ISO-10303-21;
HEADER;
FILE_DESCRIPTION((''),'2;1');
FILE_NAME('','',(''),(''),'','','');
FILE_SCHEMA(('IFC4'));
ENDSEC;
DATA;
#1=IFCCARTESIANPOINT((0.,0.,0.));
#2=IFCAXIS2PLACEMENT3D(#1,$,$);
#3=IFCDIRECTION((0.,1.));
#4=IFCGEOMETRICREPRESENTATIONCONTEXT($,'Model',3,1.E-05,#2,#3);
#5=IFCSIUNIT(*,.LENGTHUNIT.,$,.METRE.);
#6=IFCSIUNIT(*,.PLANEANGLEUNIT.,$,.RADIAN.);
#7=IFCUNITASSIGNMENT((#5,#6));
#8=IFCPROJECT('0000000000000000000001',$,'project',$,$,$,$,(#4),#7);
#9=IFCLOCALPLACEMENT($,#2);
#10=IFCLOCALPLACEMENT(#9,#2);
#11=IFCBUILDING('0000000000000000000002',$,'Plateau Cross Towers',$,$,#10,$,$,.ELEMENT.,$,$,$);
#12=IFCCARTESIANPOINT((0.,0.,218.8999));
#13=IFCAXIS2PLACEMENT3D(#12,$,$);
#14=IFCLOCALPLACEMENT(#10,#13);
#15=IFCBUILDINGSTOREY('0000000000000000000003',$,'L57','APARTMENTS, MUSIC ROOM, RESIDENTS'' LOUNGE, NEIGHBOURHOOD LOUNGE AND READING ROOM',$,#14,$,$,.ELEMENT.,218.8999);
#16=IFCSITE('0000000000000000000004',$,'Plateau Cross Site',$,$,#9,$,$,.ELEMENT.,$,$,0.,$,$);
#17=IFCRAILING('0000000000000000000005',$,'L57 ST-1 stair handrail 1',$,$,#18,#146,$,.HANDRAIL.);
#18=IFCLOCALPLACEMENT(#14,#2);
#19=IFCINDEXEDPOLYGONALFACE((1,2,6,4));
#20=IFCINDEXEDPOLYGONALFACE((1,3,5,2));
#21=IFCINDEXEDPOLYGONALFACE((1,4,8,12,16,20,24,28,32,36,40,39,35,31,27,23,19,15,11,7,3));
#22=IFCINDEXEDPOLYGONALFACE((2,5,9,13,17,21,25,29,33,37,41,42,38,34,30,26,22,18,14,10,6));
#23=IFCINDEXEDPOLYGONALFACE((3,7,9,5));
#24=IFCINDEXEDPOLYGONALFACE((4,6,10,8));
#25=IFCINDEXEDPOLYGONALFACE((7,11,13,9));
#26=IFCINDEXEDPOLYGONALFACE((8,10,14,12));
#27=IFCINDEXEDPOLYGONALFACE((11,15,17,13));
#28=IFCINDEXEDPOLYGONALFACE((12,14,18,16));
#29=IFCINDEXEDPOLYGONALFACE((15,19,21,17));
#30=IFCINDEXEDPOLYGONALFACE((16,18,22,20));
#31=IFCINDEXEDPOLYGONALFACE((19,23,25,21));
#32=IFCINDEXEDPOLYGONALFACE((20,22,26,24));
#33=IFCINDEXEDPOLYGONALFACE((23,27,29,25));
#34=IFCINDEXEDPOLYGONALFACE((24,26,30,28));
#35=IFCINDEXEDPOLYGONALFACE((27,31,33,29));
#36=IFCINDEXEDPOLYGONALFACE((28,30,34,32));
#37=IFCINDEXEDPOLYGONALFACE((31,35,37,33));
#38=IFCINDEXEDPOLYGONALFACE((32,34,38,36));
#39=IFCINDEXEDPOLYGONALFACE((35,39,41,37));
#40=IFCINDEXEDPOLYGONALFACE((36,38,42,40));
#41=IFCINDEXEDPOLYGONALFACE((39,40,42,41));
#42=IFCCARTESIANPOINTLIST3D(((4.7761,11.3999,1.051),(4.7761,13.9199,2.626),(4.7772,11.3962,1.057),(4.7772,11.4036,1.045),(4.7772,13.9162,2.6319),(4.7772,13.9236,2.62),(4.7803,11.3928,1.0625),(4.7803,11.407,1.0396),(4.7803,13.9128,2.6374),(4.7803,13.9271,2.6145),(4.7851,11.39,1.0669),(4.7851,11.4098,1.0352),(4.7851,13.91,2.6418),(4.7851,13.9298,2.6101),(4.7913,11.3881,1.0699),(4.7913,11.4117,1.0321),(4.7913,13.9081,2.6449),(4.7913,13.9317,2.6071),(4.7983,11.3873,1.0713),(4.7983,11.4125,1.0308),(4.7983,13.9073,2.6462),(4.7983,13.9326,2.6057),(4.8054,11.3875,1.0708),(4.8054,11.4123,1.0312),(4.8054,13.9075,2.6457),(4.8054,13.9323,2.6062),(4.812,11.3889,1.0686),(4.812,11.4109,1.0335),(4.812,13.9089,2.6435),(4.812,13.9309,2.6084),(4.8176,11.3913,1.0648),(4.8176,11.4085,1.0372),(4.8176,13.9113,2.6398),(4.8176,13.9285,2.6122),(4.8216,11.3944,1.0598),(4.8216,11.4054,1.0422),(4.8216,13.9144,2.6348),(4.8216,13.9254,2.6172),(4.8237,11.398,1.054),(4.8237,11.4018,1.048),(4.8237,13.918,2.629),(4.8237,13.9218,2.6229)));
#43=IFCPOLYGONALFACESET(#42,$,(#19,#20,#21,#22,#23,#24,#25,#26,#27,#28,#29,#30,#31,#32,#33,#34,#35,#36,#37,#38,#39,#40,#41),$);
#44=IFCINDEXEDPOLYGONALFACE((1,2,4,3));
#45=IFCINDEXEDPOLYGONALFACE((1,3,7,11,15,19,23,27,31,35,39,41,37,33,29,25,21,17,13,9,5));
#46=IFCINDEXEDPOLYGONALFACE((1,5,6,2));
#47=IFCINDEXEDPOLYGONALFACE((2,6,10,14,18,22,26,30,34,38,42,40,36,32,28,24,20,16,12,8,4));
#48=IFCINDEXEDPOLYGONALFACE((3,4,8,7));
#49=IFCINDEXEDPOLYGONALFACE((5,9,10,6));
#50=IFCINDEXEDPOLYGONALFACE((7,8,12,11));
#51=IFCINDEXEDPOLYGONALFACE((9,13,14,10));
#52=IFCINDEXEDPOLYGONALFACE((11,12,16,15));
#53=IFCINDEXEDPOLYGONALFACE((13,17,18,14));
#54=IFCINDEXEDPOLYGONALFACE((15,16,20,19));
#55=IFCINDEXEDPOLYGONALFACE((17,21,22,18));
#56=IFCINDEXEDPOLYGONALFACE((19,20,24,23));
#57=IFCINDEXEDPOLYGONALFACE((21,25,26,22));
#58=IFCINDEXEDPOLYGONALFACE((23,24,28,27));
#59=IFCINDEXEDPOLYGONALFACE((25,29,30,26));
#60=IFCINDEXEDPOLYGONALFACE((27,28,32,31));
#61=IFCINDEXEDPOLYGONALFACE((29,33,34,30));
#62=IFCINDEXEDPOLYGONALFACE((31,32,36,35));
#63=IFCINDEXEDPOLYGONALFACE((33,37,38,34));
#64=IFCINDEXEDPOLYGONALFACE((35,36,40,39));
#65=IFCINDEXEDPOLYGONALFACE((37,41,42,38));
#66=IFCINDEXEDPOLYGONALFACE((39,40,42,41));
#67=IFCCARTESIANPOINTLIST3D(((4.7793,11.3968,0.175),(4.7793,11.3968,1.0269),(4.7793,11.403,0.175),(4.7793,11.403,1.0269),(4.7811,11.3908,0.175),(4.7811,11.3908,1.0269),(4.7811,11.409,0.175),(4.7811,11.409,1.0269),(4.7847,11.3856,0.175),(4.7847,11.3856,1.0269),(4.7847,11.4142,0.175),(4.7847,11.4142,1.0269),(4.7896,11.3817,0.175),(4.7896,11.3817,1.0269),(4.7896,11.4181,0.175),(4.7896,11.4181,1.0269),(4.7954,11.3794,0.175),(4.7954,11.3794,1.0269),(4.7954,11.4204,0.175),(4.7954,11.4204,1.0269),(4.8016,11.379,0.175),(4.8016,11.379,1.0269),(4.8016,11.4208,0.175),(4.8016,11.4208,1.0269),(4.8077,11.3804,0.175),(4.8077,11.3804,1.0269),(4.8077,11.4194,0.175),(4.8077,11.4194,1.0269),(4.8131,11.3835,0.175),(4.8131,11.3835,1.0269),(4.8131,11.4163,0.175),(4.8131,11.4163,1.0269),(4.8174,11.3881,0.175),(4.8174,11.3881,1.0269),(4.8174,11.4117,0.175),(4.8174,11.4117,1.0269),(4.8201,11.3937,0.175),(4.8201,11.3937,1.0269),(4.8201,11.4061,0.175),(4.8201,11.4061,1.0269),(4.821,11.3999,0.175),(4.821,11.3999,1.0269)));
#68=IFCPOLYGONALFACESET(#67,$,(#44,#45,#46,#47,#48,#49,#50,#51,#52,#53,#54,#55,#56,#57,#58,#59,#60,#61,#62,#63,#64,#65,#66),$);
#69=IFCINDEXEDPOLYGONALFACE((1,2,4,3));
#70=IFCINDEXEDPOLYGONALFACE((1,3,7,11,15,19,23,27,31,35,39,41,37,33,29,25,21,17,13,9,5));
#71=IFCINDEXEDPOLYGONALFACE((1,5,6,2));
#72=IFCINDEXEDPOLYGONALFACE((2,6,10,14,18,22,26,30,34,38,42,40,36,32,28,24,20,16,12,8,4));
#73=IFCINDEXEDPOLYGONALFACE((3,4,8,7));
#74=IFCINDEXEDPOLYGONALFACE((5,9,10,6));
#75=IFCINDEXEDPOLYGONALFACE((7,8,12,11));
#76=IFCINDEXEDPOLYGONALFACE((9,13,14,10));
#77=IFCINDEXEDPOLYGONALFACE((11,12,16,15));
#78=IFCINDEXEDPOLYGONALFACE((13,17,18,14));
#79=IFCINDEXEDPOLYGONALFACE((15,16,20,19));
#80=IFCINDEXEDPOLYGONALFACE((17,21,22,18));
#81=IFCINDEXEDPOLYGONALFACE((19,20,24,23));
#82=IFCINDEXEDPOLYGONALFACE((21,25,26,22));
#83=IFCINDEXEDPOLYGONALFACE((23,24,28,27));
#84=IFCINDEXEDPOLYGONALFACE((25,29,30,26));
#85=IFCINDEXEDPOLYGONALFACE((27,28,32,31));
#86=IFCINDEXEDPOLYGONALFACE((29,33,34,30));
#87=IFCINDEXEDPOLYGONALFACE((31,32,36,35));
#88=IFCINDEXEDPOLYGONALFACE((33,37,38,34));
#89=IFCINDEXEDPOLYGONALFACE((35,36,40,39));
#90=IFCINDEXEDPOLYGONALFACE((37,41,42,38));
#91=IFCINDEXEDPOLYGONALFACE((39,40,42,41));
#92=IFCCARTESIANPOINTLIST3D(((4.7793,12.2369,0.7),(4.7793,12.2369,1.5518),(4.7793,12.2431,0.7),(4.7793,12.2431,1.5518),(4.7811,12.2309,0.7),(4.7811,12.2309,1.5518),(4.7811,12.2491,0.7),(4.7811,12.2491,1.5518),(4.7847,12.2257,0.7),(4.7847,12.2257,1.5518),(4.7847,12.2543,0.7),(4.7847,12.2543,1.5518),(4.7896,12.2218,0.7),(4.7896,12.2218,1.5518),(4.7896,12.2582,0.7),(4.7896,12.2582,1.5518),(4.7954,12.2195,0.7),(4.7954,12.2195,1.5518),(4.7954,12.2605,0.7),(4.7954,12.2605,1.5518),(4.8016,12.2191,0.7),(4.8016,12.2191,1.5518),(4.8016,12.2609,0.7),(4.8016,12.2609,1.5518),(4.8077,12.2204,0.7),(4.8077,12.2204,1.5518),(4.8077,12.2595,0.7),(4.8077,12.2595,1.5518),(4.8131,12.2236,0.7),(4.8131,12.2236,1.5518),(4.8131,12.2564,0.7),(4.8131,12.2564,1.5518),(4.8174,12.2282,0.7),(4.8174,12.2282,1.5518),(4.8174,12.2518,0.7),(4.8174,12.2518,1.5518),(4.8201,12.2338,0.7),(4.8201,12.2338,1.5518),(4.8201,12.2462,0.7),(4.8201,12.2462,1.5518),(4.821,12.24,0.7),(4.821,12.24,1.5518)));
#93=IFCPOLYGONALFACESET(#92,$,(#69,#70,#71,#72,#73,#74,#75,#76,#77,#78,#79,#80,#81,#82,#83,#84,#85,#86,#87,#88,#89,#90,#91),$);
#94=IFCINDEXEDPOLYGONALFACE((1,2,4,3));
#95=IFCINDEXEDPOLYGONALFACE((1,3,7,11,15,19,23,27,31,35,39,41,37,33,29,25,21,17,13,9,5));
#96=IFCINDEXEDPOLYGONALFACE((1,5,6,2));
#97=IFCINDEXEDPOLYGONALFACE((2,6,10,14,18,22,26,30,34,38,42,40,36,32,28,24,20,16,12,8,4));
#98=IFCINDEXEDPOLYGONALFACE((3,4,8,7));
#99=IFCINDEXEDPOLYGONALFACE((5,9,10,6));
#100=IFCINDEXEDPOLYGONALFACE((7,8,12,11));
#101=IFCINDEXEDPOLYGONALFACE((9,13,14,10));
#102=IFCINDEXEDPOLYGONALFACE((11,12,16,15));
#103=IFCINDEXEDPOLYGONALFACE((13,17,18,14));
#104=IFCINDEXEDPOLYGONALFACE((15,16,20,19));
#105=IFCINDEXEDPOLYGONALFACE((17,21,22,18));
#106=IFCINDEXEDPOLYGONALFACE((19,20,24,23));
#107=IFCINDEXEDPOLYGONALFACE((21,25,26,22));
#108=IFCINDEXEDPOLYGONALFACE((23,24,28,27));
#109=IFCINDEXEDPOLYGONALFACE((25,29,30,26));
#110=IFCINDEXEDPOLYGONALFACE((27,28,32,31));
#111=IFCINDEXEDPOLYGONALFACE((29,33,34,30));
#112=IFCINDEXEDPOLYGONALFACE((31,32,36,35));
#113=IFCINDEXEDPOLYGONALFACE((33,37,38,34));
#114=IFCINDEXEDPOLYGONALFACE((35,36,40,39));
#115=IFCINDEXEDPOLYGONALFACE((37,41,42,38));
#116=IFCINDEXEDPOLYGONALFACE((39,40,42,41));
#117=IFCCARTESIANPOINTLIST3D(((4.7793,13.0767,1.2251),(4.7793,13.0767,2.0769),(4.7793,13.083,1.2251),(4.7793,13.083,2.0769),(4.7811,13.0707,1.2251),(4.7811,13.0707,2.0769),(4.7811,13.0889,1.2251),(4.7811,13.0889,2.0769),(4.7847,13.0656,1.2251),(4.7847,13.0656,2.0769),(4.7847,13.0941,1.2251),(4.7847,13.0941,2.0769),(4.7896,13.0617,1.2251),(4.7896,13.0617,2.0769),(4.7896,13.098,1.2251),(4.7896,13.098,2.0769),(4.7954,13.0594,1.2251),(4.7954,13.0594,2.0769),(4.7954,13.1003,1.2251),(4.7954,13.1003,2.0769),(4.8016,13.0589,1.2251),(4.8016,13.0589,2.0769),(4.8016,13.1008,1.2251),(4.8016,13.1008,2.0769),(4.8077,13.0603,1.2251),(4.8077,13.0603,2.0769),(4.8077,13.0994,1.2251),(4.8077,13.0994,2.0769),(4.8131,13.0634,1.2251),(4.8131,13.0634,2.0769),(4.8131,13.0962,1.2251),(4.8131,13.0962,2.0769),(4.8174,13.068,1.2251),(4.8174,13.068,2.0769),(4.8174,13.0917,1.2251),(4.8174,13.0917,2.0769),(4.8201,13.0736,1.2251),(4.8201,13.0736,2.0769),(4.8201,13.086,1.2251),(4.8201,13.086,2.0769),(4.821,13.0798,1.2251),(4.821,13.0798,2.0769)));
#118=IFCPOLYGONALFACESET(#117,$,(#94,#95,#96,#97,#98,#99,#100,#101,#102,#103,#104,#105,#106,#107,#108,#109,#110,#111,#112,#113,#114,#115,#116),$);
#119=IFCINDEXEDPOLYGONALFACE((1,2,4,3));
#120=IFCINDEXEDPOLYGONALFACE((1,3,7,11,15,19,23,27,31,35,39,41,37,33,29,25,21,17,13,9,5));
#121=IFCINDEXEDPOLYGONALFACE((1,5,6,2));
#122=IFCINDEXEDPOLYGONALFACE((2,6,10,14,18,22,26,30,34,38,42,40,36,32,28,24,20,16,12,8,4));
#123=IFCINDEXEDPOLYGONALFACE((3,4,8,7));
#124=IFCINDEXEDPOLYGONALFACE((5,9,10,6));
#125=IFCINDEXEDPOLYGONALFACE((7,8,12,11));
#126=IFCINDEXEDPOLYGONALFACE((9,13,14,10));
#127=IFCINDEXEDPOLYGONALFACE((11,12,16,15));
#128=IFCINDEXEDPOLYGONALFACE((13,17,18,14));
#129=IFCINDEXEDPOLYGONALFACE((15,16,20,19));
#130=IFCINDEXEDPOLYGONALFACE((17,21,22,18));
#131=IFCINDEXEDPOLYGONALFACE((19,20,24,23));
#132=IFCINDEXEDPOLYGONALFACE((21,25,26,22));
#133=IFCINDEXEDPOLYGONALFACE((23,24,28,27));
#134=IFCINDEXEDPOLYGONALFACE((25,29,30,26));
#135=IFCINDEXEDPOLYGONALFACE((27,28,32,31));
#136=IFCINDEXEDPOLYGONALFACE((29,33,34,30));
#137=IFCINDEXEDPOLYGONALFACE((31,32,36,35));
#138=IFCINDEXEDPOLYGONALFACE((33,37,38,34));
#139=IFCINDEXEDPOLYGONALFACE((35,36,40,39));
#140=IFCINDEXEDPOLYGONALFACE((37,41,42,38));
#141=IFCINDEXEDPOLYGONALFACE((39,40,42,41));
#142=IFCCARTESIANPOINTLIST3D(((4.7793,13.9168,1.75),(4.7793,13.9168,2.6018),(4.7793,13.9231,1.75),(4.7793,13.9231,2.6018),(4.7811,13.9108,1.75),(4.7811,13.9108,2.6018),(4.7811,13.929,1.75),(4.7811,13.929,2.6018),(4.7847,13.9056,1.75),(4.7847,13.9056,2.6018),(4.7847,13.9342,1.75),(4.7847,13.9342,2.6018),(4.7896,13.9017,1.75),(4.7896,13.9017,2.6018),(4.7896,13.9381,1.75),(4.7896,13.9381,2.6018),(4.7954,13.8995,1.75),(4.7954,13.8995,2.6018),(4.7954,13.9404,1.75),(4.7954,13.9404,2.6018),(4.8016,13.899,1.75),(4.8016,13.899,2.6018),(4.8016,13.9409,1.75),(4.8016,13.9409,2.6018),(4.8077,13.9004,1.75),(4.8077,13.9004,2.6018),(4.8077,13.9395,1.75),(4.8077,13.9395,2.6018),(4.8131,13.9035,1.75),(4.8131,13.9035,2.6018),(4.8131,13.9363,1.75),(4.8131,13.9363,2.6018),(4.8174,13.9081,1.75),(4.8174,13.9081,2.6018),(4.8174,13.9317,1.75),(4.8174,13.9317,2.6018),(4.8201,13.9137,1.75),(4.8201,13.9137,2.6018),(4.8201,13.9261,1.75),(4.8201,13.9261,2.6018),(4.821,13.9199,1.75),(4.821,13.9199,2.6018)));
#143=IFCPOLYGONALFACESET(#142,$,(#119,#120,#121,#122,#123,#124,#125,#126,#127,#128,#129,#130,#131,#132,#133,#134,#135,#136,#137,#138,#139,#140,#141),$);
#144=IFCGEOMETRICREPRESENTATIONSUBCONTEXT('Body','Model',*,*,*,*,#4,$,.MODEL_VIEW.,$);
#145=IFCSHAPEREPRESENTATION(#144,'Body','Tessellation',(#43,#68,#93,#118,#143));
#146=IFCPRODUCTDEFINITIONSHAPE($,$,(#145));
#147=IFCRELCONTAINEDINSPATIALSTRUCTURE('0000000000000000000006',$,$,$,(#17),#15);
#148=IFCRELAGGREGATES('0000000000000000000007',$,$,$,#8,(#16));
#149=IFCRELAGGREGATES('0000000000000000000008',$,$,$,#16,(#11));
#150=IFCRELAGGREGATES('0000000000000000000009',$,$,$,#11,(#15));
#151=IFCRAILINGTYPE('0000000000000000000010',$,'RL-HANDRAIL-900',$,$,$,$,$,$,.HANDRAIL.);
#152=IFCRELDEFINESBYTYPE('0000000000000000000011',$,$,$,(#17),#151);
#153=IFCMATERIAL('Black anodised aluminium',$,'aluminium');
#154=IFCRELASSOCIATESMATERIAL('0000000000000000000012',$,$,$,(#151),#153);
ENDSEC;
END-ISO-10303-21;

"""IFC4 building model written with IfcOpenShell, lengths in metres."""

from ifc_helpers import new_model, si_unit, direction, frame, origin, origin_2d, place, context, subcontext, project, spatial, circle, extrude, material, type_object, element, save


model = new_model("IFC4")

# Units and contexts
model_context = context("Model", 3, precision=1e-05, world=origin(), true_north=direction((0.0, 1.0)))
body_context = subcontext(model_context, "Body", "Model", "MODEL_VIEW")
ifc_project = project(units=[si_unit("LENGTHUNIT", "METRE"), si_unit("PLANEANGLEUNIT", "RADIAN")], contexts=[model_context])

# Site, building, storey
site_placement = place(None, origin())
site = spatial("IfcSite", under=ifc_project, at=site_placement, Name="Plateau Cross Site", CompositionType="ELEMENT", RefElevation=0.0)
building_placement = place(site_placement, origin())
building = spatial("IfcBuilding", under=site, at=building_placement, Name="Plateau Cross Towers", CompositionType="ELEMENT")
storey_placement = place(building_placement, frame((0.0, 0.0, 218.8999)))
storey = spatial("IfcBuildingStorey", under=building, at=storey_placement, Name="L57", Description="APARTMENTS, MUSIC ROOM, RESIDENTS' LOUNGE, NEIGHBOURHOOD LOUNGE AND READING ROOM", CompositionType="ELEMENT", Elevation=218.8999)

# Shared definitions
ifc_material_1 = material(Name="Black anodised aluminium", Category="aluminium")

# Railing
railing_type_1 = type_object("IfcRailingType", Name="RL-HANDRAIL-900", PredefinedType="HANDRAIL", material=ifc_material_1)
railing_1_placement = place(storey_placement, frame((4.8, 11.3999, 0.175)))
element("IfcRailing", 1, at=railing_1_placement, inside=storey, type_object=railing_type_1, Name="L57 ST-1 stair handrail 1", PredefinedType="HANDRAIL", context=body_context, shape_type="SweptSolid", body=[
    extrude(circle(Radius=0.0239, at=origin_2d()), frame((0.0, 0.0, 0.876), z_axis=(0.0, 0.848008, 0.529984), x_axis=(-1.0, 0.0, 0.0)), (0.0, 0.0, 1.0), 2.9717),
    extrude(circle(Radius=0.021, at=origin_2d()), origin(), (0.0, 0.0, 1.0), 0.8518),
    extrude(circle(Radius=0.021, at=origin_2d()), frame((0.0, 0.8401, 0.5249)), (0.0, 0.0, 1.0), 0.8518),
    extrude(circle(Radius=0.021, at=origin_2d()), frame((0.0, 1.6799, 1.05)), (0.0, 0.0, 1.0), 0.8518),
    extrude(circle(Radius=0.021, at=origin_2d()), frame((0.0, 2.52, 1.575)), (0.0, 0.0, 1.0), 0.8518),
])

save(model, "model.ifc")
